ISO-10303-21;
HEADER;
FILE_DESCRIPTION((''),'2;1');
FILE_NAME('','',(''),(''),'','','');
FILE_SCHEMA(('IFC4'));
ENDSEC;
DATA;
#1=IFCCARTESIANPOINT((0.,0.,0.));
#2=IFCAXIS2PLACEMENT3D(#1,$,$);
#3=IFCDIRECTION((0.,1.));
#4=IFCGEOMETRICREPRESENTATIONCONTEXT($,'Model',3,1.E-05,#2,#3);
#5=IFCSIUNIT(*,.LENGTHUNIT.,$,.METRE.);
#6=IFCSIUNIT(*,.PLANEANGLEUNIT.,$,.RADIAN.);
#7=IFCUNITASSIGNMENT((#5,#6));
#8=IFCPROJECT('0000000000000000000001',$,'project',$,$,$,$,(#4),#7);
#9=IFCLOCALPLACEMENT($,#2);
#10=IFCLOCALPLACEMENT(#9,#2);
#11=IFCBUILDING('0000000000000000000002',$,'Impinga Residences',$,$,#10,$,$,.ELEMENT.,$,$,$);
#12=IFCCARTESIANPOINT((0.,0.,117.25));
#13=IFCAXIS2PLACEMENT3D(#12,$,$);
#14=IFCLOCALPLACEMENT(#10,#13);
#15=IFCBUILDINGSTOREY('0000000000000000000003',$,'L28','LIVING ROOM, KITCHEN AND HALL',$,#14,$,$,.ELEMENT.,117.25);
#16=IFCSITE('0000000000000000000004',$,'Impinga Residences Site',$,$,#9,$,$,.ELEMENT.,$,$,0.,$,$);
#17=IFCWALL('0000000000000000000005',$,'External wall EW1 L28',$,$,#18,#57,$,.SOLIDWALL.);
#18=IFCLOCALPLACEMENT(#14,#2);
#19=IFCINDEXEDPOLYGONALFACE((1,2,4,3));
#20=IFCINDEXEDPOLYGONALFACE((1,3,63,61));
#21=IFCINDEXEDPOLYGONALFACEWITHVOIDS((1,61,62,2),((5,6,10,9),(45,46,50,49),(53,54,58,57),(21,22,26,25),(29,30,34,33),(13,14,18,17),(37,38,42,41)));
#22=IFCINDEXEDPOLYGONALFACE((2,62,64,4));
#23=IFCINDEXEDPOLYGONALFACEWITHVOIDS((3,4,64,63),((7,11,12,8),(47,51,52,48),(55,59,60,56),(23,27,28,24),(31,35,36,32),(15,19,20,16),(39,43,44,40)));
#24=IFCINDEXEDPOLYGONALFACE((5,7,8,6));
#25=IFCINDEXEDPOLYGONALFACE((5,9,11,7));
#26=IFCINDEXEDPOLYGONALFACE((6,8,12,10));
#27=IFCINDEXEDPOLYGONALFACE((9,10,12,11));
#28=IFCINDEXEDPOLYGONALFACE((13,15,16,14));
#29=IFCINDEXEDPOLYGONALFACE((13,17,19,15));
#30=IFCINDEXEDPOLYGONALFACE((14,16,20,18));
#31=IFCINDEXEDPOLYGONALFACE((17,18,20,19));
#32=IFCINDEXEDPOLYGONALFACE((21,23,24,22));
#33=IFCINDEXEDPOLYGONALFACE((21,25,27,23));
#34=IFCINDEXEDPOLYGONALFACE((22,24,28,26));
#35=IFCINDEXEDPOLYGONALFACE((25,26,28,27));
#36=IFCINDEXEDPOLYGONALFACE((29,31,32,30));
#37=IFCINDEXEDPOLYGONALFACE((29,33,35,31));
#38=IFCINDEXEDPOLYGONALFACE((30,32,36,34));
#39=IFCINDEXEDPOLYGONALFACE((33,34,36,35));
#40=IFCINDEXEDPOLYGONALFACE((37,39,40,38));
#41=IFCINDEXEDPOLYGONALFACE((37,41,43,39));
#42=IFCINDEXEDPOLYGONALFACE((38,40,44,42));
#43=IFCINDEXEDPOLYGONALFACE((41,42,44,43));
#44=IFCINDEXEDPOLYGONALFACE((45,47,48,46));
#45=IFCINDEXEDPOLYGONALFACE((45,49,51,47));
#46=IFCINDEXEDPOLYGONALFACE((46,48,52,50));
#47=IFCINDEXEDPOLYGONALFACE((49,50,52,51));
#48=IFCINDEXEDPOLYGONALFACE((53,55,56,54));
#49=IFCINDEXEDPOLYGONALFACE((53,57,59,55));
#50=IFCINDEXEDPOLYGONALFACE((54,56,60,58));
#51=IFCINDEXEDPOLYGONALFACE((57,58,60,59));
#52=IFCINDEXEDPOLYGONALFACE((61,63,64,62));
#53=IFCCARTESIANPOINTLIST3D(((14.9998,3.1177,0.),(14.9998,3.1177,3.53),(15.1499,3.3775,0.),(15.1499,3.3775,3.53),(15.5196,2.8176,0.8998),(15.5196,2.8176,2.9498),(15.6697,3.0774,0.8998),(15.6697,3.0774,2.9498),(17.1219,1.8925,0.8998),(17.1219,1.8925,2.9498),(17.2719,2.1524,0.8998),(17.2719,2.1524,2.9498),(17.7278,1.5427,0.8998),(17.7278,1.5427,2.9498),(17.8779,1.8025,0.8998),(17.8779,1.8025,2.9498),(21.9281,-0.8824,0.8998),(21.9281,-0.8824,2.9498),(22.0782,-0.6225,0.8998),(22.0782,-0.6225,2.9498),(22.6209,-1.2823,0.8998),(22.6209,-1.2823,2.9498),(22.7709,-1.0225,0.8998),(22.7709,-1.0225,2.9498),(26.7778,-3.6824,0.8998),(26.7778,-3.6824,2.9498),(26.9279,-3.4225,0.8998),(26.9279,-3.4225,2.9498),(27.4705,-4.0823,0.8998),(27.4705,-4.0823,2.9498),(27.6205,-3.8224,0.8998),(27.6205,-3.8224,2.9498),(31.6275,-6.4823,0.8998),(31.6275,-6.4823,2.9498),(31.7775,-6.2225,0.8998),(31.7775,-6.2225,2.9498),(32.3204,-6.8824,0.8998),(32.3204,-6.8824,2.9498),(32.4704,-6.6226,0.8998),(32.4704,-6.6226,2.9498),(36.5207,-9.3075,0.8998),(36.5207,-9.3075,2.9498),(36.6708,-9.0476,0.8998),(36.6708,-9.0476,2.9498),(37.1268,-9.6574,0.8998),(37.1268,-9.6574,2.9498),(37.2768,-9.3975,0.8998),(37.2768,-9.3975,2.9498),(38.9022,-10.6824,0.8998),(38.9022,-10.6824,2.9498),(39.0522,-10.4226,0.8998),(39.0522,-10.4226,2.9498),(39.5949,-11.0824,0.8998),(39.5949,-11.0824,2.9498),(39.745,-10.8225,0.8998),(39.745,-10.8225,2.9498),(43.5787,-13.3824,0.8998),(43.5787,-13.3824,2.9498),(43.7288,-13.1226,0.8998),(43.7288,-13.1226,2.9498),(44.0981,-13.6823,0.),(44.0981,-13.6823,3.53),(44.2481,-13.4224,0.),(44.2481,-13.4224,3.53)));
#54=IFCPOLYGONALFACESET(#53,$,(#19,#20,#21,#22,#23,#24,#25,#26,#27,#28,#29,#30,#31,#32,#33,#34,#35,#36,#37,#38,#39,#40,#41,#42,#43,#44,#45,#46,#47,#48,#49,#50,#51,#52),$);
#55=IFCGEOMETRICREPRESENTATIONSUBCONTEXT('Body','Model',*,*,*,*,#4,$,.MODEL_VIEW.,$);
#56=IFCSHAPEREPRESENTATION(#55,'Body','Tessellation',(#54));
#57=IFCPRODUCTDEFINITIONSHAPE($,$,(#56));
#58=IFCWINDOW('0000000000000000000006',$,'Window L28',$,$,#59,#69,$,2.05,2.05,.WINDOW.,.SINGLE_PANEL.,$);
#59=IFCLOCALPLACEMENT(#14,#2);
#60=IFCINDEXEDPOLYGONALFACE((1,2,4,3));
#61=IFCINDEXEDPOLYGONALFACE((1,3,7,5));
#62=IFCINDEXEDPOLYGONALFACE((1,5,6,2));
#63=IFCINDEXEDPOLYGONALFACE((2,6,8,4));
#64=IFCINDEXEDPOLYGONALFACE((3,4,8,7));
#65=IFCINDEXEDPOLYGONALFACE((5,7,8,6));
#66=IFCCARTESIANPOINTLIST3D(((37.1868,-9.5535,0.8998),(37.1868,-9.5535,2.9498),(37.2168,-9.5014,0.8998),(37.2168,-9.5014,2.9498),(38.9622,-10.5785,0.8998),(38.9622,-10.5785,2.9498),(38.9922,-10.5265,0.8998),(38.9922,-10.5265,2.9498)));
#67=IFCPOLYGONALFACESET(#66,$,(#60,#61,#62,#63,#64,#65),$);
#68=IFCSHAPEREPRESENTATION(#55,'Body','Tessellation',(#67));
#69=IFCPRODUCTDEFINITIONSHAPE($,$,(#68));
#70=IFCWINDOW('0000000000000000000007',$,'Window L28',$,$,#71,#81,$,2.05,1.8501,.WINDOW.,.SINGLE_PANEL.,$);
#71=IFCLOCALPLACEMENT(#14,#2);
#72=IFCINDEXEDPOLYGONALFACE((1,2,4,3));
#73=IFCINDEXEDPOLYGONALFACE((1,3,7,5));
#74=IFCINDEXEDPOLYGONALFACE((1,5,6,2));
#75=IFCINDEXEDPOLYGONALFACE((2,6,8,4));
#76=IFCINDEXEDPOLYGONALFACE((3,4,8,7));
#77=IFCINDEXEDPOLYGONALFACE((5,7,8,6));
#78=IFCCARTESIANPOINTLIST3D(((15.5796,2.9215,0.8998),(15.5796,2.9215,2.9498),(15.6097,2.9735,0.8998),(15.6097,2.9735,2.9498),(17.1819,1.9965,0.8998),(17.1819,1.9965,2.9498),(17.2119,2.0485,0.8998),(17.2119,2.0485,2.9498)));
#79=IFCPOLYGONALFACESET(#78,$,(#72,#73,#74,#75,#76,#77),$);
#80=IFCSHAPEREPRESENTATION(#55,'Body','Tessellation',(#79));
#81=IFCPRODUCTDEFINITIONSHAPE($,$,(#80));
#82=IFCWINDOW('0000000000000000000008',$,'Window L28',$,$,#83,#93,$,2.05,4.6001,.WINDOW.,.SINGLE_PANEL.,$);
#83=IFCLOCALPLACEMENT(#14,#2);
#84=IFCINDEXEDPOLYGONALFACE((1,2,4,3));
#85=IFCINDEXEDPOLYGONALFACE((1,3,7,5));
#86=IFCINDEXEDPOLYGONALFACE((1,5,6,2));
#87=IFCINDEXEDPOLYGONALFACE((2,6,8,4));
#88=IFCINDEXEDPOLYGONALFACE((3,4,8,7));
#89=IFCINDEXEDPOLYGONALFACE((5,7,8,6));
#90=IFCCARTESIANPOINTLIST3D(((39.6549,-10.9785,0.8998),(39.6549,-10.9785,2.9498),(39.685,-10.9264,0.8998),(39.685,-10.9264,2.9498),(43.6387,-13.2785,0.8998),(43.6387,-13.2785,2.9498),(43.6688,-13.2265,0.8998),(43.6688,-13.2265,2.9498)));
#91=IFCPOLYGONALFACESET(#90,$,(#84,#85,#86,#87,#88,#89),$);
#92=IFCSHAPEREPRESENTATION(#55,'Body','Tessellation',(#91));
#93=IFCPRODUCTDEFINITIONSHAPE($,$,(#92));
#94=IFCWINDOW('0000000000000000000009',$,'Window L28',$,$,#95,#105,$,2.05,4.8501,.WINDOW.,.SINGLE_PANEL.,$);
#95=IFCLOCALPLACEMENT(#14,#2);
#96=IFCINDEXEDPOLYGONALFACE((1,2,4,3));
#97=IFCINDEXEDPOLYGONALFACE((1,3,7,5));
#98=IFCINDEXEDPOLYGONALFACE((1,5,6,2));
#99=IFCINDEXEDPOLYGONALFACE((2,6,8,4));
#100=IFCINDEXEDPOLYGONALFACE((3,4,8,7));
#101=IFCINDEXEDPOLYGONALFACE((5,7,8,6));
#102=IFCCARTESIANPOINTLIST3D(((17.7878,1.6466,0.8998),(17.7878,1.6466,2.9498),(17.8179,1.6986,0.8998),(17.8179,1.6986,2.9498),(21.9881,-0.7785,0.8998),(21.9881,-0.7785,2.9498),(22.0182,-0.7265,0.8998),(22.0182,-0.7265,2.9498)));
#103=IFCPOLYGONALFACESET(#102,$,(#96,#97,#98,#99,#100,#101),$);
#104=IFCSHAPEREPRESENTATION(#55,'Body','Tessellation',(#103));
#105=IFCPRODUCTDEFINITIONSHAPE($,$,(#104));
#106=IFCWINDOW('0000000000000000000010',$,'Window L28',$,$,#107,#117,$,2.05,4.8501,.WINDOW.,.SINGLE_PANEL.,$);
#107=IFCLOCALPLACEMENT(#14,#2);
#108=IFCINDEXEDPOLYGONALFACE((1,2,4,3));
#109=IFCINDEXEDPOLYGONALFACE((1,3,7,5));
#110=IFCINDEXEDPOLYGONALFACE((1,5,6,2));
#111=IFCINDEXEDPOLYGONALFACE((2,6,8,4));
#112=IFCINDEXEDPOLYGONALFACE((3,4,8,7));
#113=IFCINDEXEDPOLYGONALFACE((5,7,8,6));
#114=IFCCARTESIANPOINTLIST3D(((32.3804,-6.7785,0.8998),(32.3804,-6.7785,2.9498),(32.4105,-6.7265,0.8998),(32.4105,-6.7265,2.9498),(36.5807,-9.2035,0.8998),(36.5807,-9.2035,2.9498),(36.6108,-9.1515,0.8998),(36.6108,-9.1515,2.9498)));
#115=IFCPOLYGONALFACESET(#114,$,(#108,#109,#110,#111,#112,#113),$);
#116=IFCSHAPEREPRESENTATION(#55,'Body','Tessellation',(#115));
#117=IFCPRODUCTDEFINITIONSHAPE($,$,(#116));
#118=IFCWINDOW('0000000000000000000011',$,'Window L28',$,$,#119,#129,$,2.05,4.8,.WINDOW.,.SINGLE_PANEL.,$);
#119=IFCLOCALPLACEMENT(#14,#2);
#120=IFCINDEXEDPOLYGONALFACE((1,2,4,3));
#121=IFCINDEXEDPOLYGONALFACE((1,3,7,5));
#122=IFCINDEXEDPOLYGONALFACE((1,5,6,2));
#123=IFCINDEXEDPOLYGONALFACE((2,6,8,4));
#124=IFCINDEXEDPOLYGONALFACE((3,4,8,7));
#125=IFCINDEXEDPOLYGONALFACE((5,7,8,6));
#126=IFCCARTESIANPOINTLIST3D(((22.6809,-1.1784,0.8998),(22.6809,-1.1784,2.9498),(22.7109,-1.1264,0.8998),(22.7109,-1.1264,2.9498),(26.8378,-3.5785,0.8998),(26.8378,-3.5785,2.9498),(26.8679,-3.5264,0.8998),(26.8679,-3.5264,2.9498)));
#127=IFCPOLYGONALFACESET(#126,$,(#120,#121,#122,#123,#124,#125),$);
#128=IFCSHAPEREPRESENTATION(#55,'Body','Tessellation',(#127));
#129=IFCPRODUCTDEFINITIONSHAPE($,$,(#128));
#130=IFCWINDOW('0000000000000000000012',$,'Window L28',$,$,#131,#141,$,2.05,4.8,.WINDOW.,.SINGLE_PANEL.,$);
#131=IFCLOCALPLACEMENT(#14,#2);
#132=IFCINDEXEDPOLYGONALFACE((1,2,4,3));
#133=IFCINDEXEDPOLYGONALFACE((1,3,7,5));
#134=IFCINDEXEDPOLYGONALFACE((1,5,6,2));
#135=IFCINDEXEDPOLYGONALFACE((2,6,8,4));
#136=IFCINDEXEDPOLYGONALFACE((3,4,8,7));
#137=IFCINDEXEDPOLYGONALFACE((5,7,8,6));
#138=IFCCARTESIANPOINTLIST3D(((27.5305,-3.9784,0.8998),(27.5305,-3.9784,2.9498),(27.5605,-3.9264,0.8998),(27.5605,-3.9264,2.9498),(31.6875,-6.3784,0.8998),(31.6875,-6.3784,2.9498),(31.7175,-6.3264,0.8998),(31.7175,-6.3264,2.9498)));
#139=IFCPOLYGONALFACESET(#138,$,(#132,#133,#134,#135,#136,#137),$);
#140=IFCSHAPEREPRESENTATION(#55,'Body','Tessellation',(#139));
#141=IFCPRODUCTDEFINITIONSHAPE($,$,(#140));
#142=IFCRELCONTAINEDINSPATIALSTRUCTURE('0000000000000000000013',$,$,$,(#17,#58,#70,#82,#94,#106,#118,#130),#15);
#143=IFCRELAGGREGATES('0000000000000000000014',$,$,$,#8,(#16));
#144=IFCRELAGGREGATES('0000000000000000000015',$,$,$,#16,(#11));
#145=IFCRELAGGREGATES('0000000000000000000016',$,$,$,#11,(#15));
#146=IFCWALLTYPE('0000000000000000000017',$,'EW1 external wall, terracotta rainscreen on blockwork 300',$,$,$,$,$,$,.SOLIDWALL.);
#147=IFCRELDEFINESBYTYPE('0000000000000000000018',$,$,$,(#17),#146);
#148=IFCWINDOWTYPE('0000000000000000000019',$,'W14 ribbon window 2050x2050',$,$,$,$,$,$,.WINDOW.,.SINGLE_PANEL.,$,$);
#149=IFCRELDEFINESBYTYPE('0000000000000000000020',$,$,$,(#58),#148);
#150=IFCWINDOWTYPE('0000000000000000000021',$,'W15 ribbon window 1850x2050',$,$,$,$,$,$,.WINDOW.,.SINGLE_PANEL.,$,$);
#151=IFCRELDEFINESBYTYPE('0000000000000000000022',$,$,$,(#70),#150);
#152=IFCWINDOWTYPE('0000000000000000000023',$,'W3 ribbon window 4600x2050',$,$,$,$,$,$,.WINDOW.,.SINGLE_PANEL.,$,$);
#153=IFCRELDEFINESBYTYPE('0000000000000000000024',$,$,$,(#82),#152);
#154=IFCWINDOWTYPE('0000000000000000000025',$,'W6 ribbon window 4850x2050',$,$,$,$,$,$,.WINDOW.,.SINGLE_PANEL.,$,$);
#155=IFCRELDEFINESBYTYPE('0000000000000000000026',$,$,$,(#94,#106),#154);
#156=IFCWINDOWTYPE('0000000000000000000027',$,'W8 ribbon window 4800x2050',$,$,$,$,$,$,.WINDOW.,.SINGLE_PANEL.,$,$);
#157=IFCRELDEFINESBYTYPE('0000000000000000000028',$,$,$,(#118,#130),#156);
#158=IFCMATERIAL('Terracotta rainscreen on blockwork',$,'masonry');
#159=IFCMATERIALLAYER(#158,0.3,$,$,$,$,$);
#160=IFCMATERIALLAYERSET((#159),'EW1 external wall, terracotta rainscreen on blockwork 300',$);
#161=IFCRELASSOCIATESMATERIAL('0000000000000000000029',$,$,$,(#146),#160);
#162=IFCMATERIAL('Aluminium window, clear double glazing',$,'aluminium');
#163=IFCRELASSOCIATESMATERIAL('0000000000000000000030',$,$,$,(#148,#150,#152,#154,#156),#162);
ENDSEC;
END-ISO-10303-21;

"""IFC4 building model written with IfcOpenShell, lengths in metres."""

from ifc_helpers import new_model, si_unit, direction, frame, frame_2d, origin, place, context, subcontext, project, spatial, rectangle, extrude, material, layer, layer_set, type_object, element, fill, save


model = new_model("IFC4")

# Units and contexts
model_context = context("Model", 3, precision=1e-05, world=origin(), true_north=direction((0.0, 1.0)))
body_context = subcontext(model_context, "Body", "Model", "MODEL_VIEW")
ifc_project = project(units=[si_unit("LENGTHUNIT", "METRE"), si_unit("PLANEANGLEUNIT", "RADIAN")], contexts=[model_context])

# Site, building, storey
site_placement = place(None, origin())
site = spatial("IfcSite", under=ifc_project, at=site_placement, Name="Impinga Residences Site", CompositionType="ELEMENT", RefElevation=0.0)
building_placement = place(site_placement, origin())
building = spatial("IfcBuilding", under=site, at=building_placement, Name="Impinga Residences", CompositionType="ELEMENT")
storey_placement = place(building_placement, frame((0.0, 0.0, 117.25)))
storey = spatial("IfcBuildingStorey", under=building, at=storey_placement, Name="L28", Description="LIVING ROOM, KITCHEN AND HALL", CompositionType="ELEMENT", Elevation=117.25)

# Shared definitions
ifc_material_1 = material(Name="Terracotta rainscreen on blockwork", Category="masonry")
ifc_layer_1 = layer(ifc_material_1, 0.3)
ifc_layer_set_1 = layer_set([ifc_layer_1], Name="EW1 external wall, terracotta rainscreen on blockwork 300")
wall_type_1 = type_object("IfcWallType", Name="EW1 external wall, terracotta rainscreen on blockwork 300", PredefinedType="SOLIDWALL", material=ifc_layer_set_1)

# Wall, openings, windows
wall_1_placement = place(storey_placement, frame((15.075, 3.2476, 0.0), z_axis=(0.0, 0.0, 1.0), x_axis=(0.866024, -0.500002, 0.0)))
wall_1 = element("IfcWall", 1, at=wall_1_placement, inside=storey, type_object=wall_type_1, Name="External wall EW1 L28", PredefinedType="SOLIDWALL", context=body_context, shape_type="SweptSolid", body=[
    extrude(rectangle(XDim=33.5999, YDim=0.3, at=frame_2d((16.7998, 0.0))), origin(), (0.0, 0.0, 1.0), 3.53),
])
opening_1_placement = place(wall_1_placement, frame((0.6001, 0.0, 0.8999)))
opening_1 = element("IfcOpeningElement", 2, at=opening_1_placement, cuts=wall_1, PredefinedType="OPENING", context=body_context, shape_type="SweptSolid", body=[
    extrude(rectangle(XDim=1.8501, YDim=2.05, at=frame_2d((0.925, 1.0249))), frame((0.0, 0.1599, 0.0), z_axis=(0.0, -1.0, 0.0), x_axis=(1.0, 0.0, 0.0)), (0.0, 0.0, 1.0), 0.3201),
])
opening_2_placement = place(wall_1_placement, frame((3.1499, 0.0, 0.8999)))
opening_2 = element("IfcOpeningElement", 3, at=opening_2_placement, cuts=wall_1, PredefinedType="OPENING", context=body_context, shape_type="SweptSolid", body=[
    extrude(rectangle(XDim=4.8501, YDim=2.05, at=frame_2d((2.425, 1.0249))), frame((0.0, 0.1599, 0.0), z_axis=(0.0, -1.0, 0.0), x_axis=(1.0, 0.0, 0.0)), (0.0, 0.0, 1.0), 0.3201),
])
opening_3_placement = place(wall_1_placement, frame((8.8, 0.0, 0.8999)))
opening_3 = element("IfcOpeningElement", 4, at=opening_3_placement, cuts=wall_1, PredefinedType="OPENING", context=body_context, shape_type="SweptSolid", body=[
    extrude(rectangle(XDim=4.8, YDim=2.05, at=frame_2d((2.3999, 1.0249))), frame((0.0, 0.1599, 0.0), z_axis=(0.0, -1.0, 0.0), x_axis=(1.0, 0.0, 0.0)), (0.0, 0.0, 1.0), 0.3201),
])
opening_4_placement = place(wall_1_placement, frame((14.3999, 0.0, 0.8999)))
opening_4 = element("IfcOpeningElement", 5, at=opening_4_placement, cuts=wall_1, PredefinedType="OPENING", context=body_context, shape_type="SweptSolid", body=[
    extrude(rectangle(XDim=4.8, YDim=2.05, at=frame_2d((2.3999, 1.0249))), frame((0.0, 0.1599, 0.0), z_axis=(0.0, -1.0, 0.0), x_axis=(1.0, 0.0, 0.0)), (0.0, 0.0, 1.0), 0.3201),
])
opening_5_placement = place(wall_1_placement, frame((20.0, 0.0, 0.8999)))
opening_5 = element("IfcOpeningElement", 6, at=opening_5_placement, cuts=wall_1, PredefinedType="OPENING", context=body_context, shape_type="SweptSolid", body=[
    extrude(rectangle(XDim=4.8501, YDim=2.05, at=frame_2d((2.425, 1.0249))), frame((0.0, 0.1599, 0.0), z_axis=(0.0, -1.0, 0.0), x_axis=(1.0, 0.0, 0.0)), (0.0, 0.0, 1.0), 0.3201),
])
opening_6_placement = place(wall_1_placement, frame((25.55, 0.0, 0.8999)))
opening_6 = element("IfcOpeningElement", 7, at=opening_6_placement, cuts=wall_1, PredefinedType="OPENING", context=body_context, shape_type="SweptSolid", body=[
    extrude(rectangle(XDim=2.05, YDim=2.05, at=frame_2d((1.0249, 1.0249))), frame((0.0, 0.1599, 0.0), z_axis=(0.0, -1.0, 0.0), x_axis=(1.0, 0.0, 0.0)), (0.0, 0.0, 1.0), 0.3201),
])
opening_7_placement = place(wall_1_placement, frame((28.3999, 0.0, 0.8999)))
opening_7 = element("IfcOpeningElement", 8, at=opening_7_placement, cuts=wall_1, PredefinedType="OPENING", context=body_context, shape_type="SweptSolid", body=[
    extrude(rectangle(XDim=4.6001, YDim=2.05, at=frame_2d((2.3, 1.0249))), frame((0.0, 0.1599, 0.0), z_axis=(0.0, -1.0, 0.0), x_axis=(1.0, 0.0, 0.0)), (0.0, 0.0, 1.0), 0.3201),
])
ifc_material_2 = material(Name="Aluminium window, clear double glazing", Category="aluminium")
window_type_1 = type_object("IfcWindowType", Name="W14 ribbon window 2050x2050", PartitioningType="SINGLE_PANEL", PredefinedType="WINDOW", material=ifc_material_2)
window_1_placement = place(opening_6_placement, origin())
window_1 = element("IfcWindow", 9, at=window_1_placement, inside=storey, type_object=window_type_1, Name="Window L28", OverallHeight=2.05, OverallWidth=2.05, PartitioningType="SINGLE_PANEL", PredefinedType="WINDOW", context=body_context, shape_type="SweptSolid", body=[
    extrude(rectangle(XDim=2.05, YDim=2.05, at=frame_2d((1.0249, 1.0249))), frame((0.0, 0.03, 0.0), z_axis=(0.0, -1.0, 0.0), x_axis=(1.0, 0.0, 0.0)), (0.0, 0.0, 1.0), 0.0601),
])
fill(opening_6, window_1)
window_type_2 = type_object("IfcWindowType", Name="W15 ribbon window 1850x2050", PartitioningType="SINGLE_PANEL", PredefinedType="WINDOW", material=ifc_material_2)
window_2_placement = place(opening_1_placement, origin())
window_2 = element("IfcWindow", 10, at=window_2_placement, inside=storey, type_object=window_type_2, Name="Window L28", OverallHeight=2.05, OverallWidth=1.8501, PartitioningType="SINGLE_PANEL", PredefinedType="WINDOW", context=body_context, shape_type="SweptSolid", body=[
    extrude(rectangle(XDim=1.8501, YDim=2.05, at=frame_2d((0.925, 1.0249))), frame((0.0, 0.03, 0.0), z_axis=(0.0, -1.0, 0.0), x_axis=(1.0, 0.0, 0.0)), (0.0, 0.0, 1.0), 0.0601),
])
fill(opening_1, window_2)
window_type_3 = type_object("IfcWindowType", Name="W3 ribbon window 4600x2050", PartitioningType="SINGLE_PANEL", PredefinedType="WINDOW", material=ifc_material_2)
window_3_placement = place(opening_7_placement, origin())
window_3 = element("IfcWindow", 11, at=window_3_placement, inside=storey, type_object=window_type_3, Name="Window L28", OverallHeight=2.05, OverallWidth=4.6001, PartitioningType="SINGLE_PANEL", PredefinedType="WINDOW", context=body_context, shape_type="SweptSolid", body=[
    extrude(rectangle(XDim=4.6001, YDim=2.05, at=frame_2d((2.3, 1.0249))), frame((0.0, 0.03, 0.0), z_axis=(0.0, -1.0, 0.0), x_axis=(1.0, 0.0, 0.0)), (0.0, 0.0, 1.0), 0.0601),
])
fill(opening_7, window_3)
window_type_4 = type_object("IfcWindowType", Name="W6 ribbon window 4850x2050", PartitioningType="SINGLE_PANEL", PredefinedType="WINDOW", material=ifc_material_2)
window_4_placement = place(opening_2_placement, origin())
window_4 = element("IfcWindow", 12, at=window_4_placement, inside=storey, type_object=window_type_4, Name="Window L28", OverallHeight=2.05, OverallWidth=4.8501, PartitioningType="SINGLE_PANEL", PredefinedType="WINDOW", context=body_context, shape_type="SweptSolid", body=[
    extrude(rectangle(XDim=4.8501, YDim=2.05, at=frame_2d((2.425, 1.0249))), frame((0.0, 0.03, 0.0), z_axis=(0.0, -1.0, 0.0), x_axis=(1.0, 0.0, 0.0)), (0.0, 0.0, 1.0), 0.0601),
])
fill(opening_2, window_4)
window_5_placement = place(opening_5_placement, origin())
window_5 = element("IfcWindow", 13, at=window_5_placement, inside=storey, type_object=window_type_4, Name="Window L28", OverallHeight=2.05, OverallWidth=4.8501, PartitioningType="SINGLE_PANEL", PredefinedType="WINDOW", context=body_context, shape_type="SweptSolid", body=[
    extrude(rectangle(XDim=4.8501, YDim=2.05, at=frame_2d((2.425, 1.0249))), frame((0.0, 0.03, 0.0), z_axis=(0.0, -1.0, 0.0), x_axis=(1.0, 0.0, 0.0)), (0.0, 0.0, 1.0), 0.0601),
])
fill(opening_5, window_5)
window_type_5 = type_object("IfcWindowType", Name="W8 ribbon window 4800x2050", PartitioningType="SINGLE_PANEL", PredefinedType="WINDOW", material=ifc_material_2)
window_6_placement = place(opening_3_placement, origin())
window_6 = element("IfcWindow", 14, at=window_6_placement, inside=storey, type_object=window_type_5, Name="Window L28", OverallHeight=2.05, OverallWidth=4.8, PartitioningType="SINGLE_PANEL", PredefinedType="WINDOW", context=body_context, shape_type="SweptSolid", body=[
    extrude(rectangle(XDim=4.8, YDim=2.05, at=frame_2d((2.3999, 1.0249))), frame((0.0, 0.03, 0.0), z_axis=(0.0, -1.0, 0.0), x_axis=(1.0, 0.0, 0.0)), (0.0, 0.0, 1.0), 0.0601),
])
fill(opening_3, window_6)
window_7_placement = place(opening_4_placement, origin())
window_7 = element("IfcWindow", 15, at=window_7_placement, inside=storey, type_object=window_type_5, Name="Window L28", OverallHeight=2.05, OverallWidth=4.8, PartitioningType="SINGLE_PANEL", PredefinedType="WINDOW", context=body_context, shape_type="SweptSolid", body=[
    extrude(rectangle(XDim=4.8, YDim=2.05, at=frame_2d((2.3999, 1.0249))), frame((0.0, 0.03, 0.0), z_axis=(0.0, -1.0, 0.0), x_axis=(1.0, 0.0, 0.0)), (0.0, 0.0, 1.0), 0.0601),
])
fill(opening_4, window_7)

save(model, "model.ifc")
